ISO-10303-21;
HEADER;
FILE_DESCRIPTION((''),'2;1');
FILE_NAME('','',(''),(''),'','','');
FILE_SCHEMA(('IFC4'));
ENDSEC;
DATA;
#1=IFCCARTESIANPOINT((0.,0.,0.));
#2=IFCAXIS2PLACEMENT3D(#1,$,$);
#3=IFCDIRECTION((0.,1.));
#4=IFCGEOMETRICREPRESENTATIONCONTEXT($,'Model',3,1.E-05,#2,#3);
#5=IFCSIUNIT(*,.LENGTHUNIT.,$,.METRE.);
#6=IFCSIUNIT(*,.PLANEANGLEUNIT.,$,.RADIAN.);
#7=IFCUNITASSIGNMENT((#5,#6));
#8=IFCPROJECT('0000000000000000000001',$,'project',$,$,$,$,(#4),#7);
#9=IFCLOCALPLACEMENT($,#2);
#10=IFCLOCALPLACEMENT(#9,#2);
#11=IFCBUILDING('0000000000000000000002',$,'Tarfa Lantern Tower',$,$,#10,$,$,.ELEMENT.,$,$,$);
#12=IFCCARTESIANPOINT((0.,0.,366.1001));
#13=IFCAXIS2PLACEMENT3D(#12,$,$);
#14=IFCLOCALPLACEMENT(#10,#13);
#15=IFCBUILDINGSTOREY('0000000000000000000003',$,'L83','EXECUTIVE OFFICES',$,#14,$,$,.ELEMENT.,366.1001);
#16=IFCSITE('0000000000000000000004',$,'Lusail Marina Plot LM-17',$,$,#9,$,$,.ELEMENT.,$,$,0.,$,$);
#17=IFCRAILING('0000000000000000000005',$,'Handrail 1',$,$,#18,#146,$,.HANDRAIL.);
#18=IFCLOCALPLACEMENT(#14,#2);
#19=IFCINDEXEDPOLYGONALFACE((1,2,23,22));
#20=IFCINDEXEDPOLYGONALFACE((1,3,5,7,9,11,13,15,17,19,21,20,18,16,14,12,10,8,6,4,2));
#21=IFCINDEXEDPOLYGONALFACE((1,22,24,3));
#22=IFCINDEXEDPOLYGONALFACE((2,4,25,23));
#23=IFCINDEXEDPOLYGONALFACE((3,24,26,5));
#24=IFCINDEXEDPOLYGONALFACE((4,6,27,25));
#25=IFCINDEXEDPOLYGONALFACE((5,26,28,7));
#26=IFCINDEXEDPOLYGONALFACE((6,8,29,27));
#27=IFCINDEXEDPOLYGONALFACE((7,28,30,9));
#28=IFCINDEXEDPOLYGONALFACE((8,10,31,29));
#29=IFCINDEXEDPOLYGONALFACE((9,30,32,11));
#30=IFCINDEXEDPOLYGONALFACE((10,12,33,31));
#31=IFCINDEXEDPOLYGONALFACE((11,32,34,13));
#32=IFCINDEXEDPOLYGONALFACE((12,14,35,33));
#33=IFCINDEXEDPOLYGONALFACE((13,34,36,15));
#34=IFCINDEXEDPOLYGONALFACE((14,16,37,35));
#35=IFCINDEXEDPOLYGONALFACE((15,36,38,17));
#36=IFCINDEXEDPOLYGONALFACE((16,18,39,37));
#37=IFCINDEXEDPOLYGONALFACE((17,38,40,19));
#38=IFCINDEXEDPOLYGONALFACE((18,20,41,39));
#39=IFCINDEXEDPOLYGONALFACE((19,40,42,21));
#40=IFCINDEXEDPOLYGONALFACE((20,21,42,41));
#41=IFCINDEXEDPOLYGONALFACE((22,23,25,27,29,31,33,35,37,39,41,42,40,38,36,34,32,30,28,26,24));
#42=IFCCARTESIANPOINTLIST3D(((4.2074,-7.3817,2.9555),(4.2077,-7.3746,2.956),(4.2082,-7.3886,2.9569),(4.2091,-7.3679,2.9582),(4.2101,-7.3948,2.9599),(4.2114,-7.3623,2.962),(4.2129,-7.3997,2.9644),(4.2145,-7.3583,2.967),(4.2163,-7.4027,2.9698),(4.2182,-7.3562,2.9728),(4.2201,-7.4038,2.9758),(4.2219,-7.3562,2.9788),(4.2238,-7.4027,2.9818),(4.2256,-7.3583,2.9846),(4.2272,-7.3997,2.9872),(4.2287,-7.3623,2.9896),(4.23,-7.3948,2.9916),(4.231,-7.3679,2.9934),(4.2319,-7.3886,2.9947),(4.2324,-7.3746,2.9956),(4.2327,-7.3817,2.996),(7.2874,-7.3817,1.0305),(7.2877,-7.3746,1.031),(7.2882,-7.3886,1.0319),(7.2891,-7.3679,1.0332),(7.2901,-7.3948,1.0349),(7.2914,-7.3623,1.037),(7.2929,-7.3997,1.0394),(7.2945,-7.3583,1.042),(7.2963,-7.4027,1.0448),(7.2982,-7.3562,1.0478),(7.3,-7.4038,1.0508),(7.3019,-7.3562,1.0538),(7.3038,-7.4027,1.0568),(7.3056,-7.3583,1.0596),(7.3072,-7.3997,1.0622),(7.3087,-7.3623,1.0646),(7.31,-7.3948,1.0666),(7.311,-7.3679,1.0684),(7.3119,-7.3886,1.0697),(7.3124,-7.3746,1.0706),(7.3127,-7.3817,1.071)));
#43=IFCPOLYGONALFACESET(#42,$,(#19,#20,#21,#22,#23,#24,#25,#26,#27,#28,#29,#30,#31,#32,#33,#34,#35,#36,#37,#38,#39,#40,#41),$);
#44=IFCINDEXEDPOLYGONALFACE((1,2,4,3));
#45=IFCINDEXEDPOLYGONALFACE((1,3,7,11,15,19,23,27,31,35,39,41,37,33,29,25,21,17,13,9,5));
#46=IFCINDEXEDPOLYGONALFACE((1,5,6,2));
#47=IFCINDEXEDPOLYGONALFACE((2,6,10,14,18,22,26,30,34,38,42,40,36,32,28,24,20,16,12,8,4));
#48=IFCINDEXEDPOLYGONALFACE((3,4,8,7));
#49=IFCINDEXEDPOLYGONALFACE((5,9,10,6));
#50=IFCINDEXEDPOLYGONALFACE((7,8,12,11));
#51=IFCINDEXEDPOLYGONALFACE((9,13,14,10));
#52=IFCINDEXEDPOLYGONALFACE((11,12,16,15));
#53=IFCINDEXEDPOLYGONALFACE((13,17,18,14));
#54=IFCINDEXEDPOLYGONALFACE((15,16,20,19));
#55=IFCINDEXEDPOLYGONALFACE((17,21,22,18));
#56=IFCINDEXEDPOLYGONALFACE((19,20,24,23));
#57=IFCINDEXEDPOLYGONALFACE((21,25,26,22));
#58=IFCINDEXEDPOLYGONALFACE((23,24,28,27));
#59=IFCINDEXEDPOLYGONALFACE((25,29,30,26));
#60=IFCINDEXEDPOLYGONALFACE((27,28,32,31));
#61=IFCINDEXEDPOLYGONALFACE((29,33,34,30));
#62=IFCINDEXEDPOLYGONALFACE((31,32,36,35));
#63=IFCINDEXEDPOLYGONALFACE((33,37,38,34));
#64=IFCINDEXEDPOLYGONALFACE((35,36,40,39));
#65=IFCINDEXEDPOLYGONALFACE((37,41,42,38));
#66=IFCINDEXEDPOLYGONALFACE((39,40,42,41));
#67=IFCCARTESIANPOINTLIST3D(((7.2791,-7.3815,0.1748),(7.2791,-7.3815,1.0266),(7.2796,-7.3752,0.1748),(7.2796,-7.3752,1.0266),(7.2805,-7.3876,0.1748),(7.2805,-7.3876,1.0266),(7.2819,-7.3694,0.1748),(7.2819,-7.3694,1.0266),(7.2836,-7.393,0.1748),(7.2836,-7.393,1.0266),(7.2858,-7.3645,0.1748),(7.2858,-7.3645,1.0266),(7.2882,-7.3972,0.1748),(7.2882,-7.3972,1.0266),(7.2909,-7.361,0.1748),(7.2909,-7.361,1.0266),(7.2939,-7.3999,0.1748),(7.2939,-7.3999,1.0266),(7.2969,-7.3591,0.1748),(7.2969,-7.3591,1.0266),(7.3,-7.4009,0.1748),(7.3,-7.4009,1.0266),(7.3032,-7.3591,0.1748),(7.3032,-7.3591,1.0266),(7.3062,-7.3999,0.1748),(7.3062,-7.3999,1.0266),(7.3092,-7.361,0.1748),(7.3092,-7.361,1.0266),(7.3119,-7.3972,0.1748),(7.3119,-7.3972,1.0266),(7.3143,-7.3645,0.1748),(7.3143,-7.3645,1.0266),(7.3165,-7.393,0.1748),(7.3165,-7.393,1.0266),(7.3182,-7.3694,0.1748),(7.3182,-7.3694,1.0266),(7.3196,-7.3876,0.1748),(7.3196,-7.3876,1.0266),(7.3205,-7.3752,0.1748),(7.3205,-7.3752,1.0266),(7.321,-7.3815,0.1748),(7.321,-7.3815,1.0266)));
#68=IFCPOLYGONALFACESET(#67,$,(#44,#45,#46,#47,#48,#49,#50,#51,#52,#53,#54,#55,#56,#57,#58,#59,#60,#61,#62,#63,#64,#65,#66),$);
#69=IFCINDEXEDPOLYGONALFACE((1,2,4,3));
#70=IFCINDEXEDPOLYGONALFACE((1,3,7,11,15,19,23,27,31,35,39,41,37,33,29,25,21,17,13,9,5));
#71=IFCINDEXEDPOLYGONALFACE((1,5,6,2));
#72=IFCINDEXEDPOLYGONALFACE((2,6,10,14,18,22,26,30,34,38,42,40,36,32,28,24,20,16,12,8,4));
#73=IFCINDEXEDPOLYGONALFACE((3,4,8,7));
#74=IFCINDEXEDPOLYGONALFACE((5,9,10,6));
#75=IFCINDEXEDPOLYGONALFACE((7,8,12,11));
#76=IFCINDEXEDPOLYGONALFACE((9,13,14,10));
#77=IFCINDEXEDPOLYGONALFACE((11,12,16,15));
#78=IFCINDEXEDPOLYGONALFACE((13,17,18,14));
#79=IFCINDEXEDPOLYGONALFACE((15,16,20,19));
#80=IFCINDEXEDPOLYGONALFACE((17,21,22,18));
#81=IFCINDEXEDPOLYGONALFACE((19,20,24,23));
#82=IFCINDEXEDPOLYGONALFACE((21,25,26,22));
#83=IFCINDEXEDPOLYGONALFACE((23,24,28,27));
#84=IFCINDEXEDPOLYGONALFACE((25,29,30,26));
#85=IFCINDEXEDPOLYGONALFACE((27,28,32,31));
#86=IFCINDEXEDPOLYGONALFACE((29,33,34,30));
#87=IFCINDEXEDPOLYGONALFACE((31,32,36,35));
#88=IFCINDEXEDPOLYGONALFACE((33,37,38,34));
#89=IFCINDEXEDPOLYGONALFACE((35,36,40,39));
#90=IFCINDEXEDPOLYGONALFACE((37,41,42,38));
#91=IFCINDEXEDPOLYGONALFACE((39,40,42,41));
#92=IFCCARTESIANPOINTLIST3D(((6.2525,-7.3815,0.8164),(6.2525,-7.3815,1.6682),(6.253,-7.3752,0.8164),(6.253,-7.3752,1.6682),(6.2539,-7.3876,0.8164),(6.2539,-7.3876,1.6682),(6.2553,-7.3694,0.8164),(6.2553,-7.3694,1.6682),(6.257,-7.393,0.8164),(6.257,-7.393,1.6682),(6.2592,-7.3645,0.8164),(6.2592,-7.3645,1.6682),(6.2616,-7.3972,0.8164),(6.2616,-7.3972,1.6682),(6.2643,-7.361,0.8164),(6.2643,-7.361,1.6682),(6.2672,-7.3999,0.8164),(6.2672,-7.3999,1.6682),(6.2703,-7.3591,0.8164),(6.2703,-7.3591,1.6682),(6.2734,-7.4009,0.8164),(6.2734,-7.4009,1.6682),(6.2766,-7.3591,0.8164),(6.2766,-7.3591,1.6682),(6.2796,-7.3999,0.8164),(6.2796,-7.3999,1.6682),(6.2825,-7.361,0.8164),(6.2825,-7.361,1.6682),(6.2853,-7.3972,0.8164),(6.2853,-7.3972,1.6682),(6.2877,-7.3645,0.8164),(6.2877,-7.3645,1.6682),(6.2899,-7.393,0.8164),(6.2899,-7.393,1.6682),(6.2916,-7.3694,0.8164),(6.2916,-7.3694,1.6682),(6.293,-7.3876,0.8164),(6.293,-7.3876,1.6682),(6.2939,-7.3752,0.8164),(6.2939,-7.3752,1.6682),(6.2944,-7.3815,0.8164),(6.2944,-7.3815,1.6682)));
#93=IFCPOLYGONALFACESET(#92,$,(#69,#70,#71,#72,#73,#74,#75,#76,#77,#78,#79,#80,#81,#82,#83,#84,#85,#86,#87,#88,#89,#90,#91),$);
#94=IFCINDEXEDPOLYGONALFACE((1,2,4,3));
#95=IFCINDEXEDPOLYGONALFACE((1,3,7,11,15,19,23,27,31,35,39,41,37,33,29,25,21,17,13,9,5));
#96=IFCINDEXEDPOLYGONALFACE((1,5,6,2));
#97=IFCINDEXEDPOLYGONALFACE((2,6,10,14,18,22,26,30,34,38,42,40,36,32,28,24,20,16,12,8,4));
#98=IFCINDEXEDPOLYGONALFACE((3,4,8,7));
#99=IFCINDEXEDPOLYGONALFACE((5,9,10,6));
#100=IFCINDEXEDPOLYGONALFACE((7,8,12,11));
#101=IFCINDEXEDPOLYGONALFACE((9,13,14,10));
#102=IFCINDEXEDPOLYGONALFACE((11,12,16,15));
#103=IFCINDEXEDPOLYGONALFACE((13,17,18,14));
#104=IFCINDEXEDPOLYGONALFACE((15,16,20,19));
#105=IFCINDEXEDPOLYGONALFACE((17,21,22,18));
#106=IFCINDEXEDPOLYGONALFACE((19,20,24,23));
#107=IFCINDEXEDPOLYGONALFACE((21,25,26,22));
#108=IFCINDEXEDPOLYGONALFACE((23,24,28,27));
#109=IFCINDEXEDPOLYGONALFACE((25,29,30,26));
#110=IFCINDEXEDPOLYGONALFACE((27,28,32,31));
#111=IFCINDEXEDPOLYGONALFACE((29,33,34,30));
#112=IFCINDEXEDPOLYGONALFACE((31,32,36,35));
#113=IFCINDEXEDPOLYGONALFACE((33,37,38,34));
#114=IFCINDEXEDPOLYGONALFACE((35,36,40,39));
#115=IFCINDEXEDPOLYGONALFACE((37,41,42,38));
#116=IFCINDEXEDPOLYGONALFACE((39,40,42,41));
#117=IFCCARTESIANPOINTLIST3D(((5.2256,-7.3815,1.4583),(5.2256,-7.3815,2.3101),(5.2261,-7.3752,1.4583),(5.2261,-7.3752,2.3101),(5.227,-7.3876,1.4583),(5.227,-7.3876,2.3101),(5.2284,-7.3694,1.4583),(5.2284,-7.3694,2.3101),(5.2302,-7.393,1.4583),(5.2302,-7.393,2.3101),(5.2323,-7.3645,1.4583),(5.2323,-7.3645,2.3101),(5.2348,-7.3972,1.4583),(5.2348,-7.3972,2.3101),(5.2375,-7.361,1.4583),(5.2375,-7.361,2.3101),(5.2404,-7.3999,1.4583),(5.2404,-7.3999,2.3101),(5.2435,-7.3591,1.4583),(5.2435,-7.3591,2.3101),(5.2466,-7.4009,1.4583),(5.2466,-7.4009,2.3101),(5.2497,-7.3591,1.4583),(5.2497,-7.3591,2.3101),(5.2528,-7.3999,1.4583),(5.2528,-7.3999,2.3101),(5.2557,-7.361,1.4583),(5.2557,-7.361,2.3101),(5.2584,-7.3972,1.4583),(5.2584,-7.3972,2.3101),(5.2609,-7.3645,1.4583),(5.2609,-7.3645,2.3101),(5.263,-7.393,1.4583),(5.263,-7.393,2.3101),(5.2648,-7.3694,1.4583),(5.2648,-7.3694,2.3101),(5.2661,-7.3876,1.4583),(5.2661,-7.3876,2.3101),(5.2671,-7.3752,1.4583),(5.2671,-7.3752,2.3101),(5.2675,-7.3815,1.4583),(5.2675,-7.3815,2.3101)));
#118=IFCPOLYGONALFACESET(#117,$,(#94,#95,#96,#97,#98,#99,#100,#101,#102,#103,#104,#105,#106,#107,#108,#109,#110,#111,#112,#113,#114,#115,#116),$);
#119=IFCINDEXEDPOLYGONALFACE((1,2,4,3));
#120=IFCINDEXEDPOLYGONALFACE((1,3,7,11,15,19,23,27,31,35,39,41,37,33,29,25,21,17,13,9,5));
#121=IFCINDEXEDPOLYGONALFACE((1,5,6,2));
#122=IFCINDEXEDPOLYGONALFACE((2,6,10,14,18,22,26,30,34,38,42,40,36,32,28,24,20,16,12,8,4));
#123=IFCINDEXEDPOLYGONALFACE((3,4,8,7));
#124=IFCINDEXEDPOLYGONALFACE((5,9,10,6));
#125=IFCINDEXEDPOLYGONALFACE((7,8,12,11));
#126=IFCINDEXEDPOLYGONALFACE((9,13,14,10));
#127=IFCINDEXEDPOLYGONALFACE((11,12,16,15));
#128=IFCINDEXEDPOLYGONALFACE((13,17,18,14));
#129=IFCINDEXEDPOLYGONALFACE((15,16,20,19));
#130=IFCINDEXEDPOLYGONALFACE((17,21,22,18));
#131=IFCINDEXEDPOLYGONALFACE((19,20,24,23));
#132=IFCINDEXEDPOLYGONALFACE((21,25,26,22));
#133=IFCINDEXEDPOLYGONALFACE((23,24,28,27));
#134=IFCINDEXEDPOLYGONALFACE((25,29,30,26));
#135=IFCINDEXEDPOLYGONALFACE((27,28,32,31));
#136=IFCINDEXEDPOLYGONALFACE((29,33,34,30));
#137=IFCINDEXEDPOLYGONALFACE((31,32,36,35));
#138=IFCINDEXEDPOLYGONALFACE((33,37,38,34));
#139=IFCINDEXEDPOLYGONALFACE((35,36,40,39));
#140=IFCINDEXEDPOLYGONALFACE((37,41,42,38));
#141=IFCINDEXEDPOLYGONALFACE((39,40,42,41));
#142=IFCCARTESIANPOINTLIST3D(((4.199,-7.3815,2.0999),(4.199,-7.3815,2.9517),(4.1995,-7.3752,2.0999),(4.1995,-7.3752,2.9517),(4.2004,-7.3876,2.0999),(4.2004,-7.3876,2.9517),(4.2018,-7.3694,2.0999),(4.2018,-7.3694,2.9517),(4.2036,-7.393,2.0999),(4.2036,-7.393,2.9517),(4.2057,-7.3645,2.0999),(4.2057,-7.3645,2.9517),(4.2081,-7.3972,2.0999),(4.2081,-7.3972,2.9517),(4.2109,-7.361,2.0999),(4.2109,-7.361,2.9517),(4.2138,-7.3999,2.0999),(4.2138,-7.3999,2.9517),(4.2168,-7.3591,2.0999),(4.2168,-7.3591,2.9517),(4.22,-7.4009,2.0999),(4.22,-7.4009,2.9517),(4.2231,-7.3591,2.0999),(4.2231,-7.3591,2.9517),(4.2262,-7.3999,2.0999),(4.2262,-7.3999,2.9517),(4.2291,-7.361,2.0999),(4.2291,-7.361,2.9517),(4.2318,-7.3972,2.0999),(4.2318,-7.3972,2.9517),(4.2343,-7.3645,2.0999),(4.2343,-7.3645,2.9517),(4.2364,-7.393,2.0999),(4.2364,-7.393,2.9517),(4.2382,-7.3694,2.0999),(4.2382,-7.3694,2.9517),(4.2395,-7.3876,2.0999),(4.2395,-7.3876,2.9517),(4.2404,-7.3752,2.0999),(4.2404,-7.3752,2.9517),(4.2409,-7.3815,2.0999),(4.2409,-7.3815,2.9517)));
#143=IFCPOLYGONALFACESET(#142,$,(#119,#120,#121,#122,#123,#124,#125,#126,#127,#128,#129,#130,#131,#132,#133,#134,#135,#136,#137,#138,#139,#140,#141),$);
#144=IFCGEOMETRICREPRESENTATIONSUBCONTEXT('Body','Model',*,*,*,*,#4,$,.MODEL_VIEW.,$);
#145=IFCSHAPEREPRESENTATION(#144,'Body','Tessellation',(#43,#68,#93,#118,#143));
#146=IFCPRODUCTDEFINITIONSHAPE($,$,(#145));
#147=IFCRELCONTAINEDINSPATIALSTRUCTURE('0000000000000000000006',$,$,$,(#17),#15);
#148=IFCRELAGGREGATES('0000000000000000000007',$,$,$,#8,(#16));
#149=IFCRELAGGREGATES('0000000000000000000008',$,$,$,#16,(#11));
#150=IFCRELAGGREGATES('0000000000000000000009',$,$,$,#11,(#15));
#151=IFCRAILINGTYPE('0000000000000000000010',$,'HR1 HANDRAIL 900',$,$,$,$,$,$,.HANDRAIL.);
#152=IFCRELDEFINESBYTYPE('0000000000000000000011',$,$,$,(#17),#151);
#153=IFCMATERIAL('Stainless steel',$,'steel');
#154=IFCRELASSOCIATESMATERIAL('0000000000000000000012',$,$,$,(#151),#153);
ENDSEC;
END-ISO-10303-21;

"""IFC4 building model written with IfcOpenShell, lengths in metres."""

from ifc_helpers import new_model, si_unit, direction, frame, origin, origin_2d, place, context, subcontext, project, spatial, circle, extrude, material, type_object, element, save


model = new_model("IFC4")

# Units and contexts
model_context = context("Model", 3, precision=1e-05, world=origin(), true_north=direction((0.0, 1.0)))
body_context = subcontext(model_context, "Body", "Model", "MODEL_VIEW")
ifc_project = project(units=[si_unit("LENGTHUNIT", "METRE"), si_unit("PLANEANGLEUNIT", "RADIAN")], contexts=[model_context])

# Site, building, storey
site_placement = place(None, origin())
site = spatial("IfcSite", under=ifc_project, at=site_placement, Name="Lusail Marina Plot LM-17", CompositionType="ELEMENT", RefElevation=0.0)
building_placement = place(site_placement, origin())
building = spatial("IfcBuilding", under=site, at=building_placement, Name="Tarfa Lantern Tower", CompositionType="ELEMENT")
storey_placement = place(building_placement, frame((0.0, 0.0, 366.1001)))
storey = spatial("IfcBuildingStorey", under=building, at=storey_placement, Name="L83", Description="EXECUTIVE OFFICES", CompositionType="ELEMENT", Elevation=366.1001)

# Railing
ifc_material_1 = material(Name="Stainless steel", Category="steel")
railing_type = type_object("IfcRailingType", Name="HR1 HANDRAIL 900", PredefinedType="HANDRAIL", material=ifc_material_1)
railing_placement = place(storey_placement, frame((7.3, -7.3799, 0.1748)))
element("IfcRailing", 1, at=railing_placement, inside=storey, type_object=railing_type, Name="Handrail 1", PredefinedType="HANDRAIL", context=body_context, shape_type="SweptSolid", body=[
    extrude(circle(Radius=0.0239, at=origin_2d()), frame((0.0, 0.0, 0.876), z_axis=(-0.847998, 0.0, 0.529999), x_axis=(0.0, -1.0, 0.0)), (0.0, 0.0, 1.0), 3.6321),
    extrude(circle(Radius=0.021, at=origin_2d()), frame((0.0, 0.0, 0.0), z_axis=(0.0, 0.0, 1.0), x_axis=(0.0, -1.0, 0.0)), (0.0, 0.0, 1.0), 0.8518),
    extrude(circle(Radius=0.021, at=origin_2d()), frame((-1.0266, 0.0, 0.6416), z_axis=(0.0, 0.0, 1.0), x_axis=(0.0, -1.0, 0.0)), (0.0, 0.0, 1.0), 0.8518),
    extrude(circle(Radius=0.021, at=origin_2d()), frame((-2.0535, 0.0, 1.2834), z_axis=(0.0, 0.0, 1.0), x_axis=(0.0, -1.0, 0.0)), (0.0, 0.0, 1.0), 0.8518),
    extrude(circle(Radius=0.021, at=origin_2d()), frame((-3.0801, 0.0, 1.925), z_axis=(0.0, 0.0, 1.0), x_axis=(0.0, -1.0, 0.0)), (0.0, 0.0, 1.0), 0.8518),
])

save(model, "model.ifc")
